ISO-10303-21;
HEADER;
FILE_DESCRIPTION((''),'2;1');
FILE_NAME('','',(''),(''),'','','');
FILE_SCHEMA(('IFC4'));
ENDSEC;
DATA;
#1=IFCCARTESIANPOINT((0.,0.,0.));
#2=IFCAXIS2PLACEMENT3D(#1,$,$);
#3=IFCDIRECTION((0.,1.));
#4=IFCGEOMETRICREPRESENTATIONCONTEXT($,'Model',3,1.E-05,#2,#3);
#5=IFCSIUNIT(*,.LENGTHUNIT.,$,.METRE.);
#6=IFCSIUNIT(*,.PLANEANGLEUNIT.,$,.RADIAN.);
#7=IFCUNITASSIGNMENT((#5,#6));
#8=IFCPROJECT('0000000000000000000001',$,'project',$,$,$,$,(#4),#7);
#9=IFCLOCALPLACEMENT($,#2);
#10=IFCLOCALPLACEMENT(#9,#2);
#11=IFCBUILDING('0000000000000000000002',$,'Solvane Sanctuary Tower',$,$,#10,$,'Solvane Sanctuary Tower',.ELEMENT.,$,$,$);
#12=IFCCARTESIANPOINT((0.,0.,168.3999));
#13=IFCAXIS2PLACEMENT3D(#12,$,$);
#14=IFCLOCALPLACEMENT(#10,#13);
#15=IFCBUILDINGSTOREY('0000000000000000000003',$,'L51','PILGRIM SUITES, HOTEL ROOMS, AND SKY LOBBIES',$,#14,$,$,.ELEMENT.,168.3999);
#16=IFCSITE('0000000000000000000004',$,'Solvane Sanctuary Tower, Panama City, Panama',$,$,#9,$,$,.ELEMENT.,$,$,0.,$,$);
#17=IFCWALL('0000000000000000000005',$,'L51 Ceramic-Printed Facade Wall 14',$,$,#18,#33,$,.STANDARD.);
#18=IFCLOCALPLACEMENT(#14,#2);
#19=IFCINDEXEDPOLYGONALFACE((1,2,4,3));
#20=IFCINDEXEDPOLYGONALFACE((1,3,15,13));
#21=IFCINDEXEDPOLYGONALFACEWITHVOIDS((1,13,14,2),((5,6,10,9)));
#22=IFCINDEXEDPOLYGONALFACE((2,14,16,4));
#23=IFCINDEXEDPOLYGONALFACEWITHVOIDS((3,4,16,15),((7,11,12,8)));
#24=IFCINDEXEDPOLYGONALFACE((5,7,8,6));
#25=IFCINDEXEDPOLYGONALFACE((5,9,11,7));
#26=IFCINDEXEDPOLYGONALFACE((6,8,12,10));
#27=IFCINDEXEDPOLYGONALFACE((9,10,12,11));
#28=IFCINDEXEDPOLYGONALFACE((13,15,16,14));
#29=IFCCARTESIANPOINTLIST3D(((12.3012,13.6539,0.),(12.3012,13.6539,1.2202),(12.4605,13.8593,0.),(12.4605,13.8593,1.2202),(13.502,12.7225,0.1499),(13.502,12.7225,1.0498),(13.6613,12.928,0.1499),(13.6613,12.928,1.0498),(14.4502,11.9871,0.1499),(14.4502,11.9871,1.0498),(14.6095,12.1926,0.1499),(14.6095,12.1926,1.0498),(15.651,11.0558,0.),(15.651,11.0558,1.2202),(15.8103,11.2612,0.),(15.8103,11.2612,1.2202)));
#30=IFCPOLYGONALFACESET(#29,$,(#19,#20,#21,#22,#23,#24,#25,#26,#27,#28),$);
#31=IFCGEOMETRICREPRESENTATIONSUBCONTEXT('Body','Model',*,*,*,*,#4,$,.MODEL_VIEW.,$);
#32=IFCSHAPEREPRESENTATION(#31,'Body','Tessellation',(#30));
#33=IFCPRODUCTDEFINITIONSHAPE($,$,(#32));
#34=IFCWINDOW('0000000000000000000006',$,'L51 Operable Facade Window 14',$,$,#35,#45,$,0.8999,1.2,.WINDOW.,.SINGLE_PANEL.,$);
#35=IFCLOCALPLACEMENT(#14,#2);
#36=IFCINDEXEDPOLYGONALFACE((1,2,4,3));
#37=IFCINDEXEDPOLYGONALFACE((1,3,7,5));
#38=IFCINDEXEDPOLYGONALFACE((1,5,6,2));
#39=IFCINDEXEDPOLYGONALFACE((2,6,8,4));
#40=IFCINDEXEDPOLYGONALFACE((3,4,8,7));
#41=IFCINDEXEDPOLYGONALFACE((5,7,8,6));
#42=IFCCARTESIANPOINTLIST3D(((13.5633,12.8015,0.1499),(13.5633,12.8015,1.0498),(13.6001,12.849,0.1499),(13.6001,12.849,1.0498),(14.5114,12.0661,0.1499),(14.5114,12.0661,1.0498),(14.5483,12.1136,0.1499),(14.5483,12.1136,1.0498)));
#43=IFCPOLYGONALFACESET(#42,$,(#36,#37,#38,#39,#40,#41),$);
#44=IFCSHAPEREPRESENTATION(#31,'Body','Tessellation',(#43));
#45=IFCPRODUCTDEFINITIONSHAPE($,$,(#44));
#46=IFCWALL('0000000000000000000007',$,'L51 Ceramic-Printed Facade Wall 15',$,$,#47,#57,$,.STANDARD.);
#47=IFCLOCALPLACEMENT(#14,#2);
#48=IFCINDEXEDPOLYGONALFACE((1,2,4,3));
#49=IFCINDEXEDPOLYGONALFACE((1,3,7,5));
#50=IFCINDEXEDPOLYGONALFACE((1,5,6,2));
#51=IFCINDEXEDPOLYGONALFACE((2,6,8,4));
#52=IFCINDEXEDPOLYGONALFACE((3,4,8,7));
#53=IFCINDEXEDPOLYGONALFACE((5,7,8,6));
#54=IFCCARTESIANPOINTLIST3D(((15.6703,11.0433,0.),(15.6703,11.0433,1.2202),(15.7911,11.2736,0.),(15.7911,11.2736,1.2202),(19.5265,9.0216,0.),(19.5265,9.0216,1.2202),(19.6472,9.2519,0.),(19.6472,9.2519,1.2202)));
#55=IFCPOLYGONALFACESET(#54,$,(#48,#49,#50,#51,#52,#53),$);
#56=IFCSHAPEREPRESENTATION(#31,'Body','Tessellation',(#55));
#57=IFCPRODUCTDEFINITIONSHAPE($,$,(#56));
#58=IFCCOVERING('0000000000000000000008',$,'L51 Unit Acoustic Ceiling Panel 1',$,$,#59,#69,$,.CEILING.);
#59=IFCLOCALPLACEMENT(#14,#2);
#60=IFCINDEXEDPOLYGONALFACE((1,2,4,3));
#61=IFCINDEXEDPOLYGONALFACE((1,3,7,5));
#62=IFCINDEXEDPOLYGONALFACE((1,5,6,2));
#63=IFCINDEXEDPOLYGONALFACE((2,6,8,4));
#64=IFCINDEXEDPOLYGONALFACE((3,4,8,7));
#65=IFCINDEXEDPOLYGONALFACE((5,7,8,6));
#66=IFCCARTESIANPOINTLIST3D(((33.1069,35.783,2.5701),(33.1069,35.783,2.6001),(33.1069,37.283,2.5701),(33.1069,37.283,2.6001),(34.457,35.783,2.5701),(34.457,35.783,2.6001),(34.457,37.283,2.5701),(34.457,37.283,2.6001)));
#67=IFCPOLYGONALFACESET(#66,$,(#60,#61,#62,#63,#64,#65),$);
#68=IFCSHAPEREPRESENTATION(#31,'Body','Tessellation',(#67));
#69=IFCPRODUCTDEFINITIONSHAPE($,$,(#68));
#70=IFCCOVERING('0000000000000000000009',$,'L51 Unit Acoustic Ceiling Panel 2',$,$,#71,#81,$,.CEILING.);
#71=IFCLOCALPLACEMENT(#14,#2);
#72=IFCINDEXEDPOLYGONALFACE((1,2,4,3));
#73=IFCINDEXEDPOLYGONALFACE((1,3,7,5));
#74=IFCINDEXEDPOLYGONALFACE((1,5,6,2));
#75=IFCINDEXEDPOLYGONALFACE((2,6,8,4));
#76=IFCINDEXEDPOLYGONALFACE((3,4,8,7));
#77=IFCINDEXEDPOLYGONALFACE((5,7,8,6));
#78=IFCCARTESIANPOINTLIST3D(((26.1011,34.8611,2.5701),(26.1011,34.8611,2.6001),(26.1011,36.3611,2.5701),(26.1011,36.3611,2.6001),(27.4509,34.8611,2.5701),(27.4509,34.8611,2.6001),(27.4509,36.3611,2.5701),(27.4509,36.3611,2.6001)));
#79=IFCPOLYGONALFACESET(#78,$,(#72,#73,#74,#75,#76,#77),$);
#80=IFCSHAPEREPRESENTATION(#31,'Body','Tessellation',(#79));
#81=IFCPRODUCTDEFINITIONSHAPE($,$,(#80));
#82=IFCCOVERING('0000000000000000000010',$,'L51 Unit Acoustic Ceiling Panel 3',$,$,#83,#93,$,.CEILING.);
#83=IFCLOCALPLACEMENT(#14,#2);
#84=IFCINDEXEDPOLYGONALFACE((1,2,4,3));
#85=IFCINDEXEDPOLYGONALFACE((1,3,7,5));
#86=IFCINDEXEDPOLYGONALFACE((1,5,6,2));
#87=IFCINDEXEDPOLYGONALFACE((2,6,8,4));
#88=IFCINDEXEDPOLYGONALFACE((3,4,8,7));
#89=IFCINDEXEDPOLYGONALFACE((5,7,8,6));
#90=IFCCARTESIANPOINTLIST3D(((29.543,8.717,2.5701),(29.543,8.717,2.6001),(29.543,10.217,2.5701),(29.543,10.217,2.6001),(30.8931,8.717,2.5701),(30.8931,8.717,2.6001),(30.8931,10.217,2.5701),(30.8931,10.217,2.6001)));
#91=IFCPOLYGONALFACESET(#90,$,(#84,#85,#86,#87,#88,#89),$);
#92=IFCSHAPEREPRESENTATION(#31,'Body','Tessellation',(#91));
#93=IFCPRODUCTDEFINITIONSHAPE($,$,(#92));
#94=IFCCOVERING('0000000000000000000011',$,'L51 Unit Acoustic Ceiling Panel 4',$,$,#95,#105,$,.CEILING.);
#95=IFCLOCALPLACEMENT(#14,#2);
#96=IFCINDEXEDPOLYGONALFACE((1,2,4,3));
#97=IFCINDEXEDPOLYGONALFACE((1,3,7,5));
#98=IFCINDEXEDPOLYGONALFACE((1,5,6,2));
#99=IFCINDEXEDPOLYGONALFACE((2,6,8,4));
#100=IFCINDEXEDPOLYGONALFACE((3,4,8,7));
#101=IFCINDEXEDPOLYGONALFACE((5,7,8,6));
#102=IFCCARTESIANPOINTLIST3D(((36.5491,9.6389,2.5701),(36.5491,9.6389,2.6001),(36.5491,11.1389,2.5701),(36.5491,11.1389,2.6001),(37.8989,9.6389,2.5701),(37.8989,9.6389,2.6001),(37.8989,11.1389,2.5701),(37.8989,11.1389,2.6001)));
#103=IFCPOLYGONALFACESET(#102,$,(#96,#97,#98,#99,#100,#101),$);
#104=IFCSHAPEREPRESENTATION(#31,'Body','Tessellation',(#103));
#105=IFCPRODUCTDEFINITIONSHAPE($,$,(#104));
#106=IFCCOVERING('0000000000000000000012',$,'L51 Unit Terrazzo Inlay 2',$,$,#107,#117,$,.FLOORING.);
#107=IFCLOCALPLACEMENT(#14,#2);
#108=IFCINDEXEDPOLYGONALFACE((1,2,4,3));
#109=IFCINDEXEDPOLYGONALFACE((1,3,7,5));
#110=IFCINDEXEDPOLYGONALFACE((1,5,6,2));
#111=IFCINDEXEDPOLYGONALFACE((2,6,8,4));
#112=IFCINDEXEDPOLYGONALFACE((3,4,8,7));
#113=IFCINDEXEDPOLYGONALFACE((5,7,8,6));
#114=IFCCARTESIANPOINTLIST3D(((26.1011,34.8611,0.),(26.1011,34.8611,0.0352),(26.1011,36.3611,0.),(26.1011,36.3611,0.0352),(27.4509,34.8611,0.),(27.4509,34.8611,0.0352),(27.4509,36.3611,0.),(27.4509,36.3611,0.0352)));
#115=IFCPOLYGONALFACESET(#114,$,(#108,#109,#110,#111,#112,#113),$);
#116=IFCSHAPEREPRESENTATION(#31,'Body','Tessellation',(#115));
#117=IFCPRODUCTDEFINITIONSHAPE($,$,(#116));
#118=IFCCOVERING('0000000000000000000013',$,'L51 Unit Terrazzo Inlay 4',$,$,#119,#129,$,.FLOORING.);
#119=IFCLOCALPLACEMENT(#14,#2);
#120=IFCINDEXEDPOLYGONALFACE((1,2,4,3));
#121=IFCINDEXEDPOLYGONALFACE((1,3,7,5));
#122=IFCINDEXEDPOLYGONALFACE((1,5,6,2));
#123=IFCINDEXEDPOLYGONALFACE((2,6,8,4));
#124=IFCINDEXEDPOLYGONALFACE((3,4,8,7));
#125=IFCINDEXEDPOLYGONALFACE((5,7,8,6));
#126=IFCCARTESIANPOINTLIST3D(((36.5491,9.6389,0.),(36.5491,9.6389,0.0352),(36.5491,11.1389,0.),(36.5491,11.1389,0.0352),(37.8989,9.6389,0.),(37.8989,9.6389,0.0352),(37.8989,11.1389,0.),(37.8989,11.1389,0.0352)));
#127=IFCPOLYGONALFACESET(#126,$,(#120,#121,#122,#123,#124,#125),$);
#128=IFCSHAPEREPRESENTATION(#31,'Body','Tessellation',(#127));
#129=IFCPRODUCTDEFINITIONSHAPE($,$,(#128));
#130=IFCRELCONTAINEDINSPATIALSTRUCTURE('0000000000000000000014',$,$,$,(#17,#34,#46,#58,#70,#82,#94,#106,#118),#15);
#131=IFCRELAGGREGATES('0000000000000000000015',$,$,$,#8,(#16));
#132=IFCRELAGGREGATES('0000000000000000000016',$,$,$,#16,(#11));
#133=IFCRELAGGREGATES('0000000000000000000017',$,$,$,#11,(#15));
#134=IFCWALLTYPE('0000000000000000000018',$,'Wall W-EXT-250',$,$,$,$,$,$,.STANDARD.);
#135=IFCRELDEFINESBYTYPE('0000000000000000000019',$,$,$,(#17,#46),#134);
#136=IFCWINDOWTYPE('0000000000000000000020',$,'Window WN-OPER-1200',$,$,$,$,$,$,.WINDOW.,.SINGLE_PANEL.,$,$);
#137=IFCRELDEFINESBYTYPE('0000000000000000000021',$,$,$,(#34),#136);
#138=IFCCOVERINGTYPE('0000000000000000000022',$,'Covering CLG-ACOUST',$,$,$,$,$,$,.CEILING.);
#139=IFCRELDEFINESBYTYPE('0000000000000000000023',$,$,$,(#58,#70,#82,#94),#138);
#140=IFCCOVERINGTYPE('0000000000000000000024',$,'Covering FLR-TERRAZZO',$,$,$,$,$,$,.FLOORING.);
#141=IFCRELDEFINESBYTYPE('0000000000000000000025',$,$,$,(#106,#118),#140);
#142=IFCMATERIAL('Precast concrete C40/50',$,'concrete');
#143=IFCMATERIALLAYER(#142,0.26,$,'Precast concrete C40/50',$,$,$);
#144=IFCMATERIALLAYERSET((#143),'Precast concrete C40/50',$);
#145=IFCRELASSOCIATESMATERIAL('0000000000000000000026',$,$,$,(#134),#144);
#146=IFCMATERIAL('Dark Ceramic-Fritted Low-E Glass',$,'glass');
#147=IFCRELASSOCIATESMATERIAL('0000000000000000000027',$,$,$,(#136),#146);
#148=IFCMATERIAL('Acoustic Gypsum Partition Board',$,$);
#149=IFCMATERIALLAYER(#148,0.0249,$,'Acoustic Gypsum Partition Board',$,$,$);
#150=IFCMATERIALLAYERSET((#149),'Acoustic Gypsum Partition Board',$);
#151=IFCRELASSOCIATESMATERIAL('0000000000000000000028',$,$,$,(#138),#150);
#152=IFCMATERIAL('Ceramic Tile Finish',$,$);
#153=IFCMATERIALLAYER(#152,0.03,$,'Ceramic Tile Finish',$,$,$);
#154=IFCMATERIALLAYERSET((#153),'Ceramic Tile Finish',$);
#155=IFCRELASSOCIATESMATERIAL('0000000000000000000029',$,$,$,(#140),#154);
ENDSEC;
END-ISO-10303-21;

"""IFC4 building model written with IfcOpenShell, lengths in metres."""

from ifc_helpers import new_model, si_unit, direction, frame, frame_2d, origin, place, context, subcontext, project, spatial, polyline, rectangle, outline, extrude, material, layer, layer_set, type_object, element, fill, save


model = new_model("IFC4")

# Units and contexts
model_context = context("Model", 3, precision=1e-05, world=origin(), true_north=direction((0.0, 1.0)))
body_context = subcontext(model_context, "Body", "Model", "MODEL_VIEW")
ifc_project = project(units=[si_unit("LENGTHUNIT", "METRE"), si_unit("PLANEANGLEUNIT", "RADIAN")], contexts=[model_context])

# Site, building, storey
site_placement = place(None, origin())
site = spatial("IfcSite", under=ifc_project, at=site_placement, Name="Solvane Sanctuary Tower, Panama City, Panama", CompositionType="ELEMENT", RefElevation=0.0)
building_placement = place(site_placement, origin())
building = spatial("IfcBuilding", under=site, at=building_placement, Name="Solvane Sanctuary Tower", LongName="Solvane Sanctuary Tower", CompositionType="ELEMENT")
storey_placement = place(building_placement, frame((0.0, 0.0, 168.3999)))
storey = spatial("IfcBuildingStorey", under=building, at=storey_placement, Name="L51", Description="PILGRIM SUITES, HOTEL ROOMS, AND SKY LOBBIES", CompositionType="ELEMENT", Elevation=168.3999)

# Shared definitions
ifc_material_1 = material(Name="Acoustic Gypsum Partition Board")

# Wall, opening, window
ifc_material_2 = material(Name="Precast concrete C40/50", Category="concrete")
ifc_layer_1 = layer(ifc_material_2, 0.26, Name="Precast concrete C40/50")
ifc_layer_set_1 = layer_set([ifc_layer_1], Name="Precast concrete C40/50")
wall_type_1 = type_object("IfcWallType", Name="Wall W-EXT-250", PredefinedType="STANDARD", material=ifc_layer_set_1)
wall_1_placement = place(storey_placement, frame((12.3809, 13.7566, 0.0), z_axis=(0.0, 0.0, 1.0), x_axis=(0.790186, -0.612868, 0.0)))
wall_1 = element("IfcWall", 1, at=wall_1_placement, inside=storey, type_object=wall_type_1, Name="L51 Ceramic-Printed Facade Wall 14", PredefinedType="STANDARD", context=body_context, shape_type="SweptSolid", body=[
    extrude(rectangle(XDim=4.2393, YDim=0.26, at=frame_2d((2.1196, 0.0))), origin(), (0.0, 0.0, 1.0), 1.2202),
])
opening_1_placement = place(wall_1_placement, frame((1.5195, 0.0, 0.1499)))
opening_1 = element("IfcOpeningElement", 2, at=opening_1_placement, cuts=wall_1, PredefinedType="OPENING", context=body_context, shape_type="SweptSolid", body=[
    extrude(rectangle(XDim=1.2, YDim=0.8999, at=frame_2d((0.6001, 0.45))), frame((0.0, 0.1399, 0.0), z_axis=(0.0, -1.0, 0.0), x_axis=(1.0, 0.0, 0.0)), (0.0, 0.0, 1.0), 0.28),
])
ifc_material_3 = material(Name="Dark Ceramic-Fritted Low-E Glass", Category="glass")
window_type = type_object("IfcWindowType", Name="Window WN-OPER-1200", PartitioningType="SINGLE_PANEL", PredefinedType="WINDOW", material=ifc_material_3)
window_placement = place(opening_1_placement, origin())
window = element("IfcWindow", 3, at=window_placement, inside=storey, type_object=window_type, Name="L51 Operable Facade Window 14", OverallHeight=0.8999, OverallWidth=1.2, PartitioningType="SINGLE_PANEL", PredefinedType="WINDOW", context=body_context, shape_type="SweptSolid", body=[
    extrude(rectangle(XDim=1.2, YDim=0.8999, at=frame_2d((0.6001, 0.45))), frame((0.0, 0.03, 0.0), z_axis=(0.0, -1.0, 0.0), x_axis=(1.0, 0.0, 0.0)), (0.0, 0.0, 1.0), 0.0601),
])
fill(opening_1, window)

# Wall
wall_2_placement = place(storey_placement, frame((15.7307, 11.1584, 0.0), z_axis=(0.0, 0.0, 1.0), x_axis=(0.88566, -0.464334, 0.0)))
element("IfcWall", 4, at=wall_2_placement, inside=storey, type_object=wall_type_1, Name="L51 Ceramic-Printed Facade Wall 15", PredefinedType="STANDARD", context=body_context, shape_type="SweptSolid", body=[
    extrude(rectangle(XDim=4.354, YDim=0.26, at=frame_2d((2.177, 0.0))), origin(), (0.0, 0.0, 1.0), 1.2202),
])

# Coverings
ifc_layer_2 = layer(ifc_material_1, 0.0249, Name="Acoustic Gypsum Partition Board")
ifc_layer_set_2 = layer_set([ifc_layer_2], Name="Acoustic Gypsum Partition Board")
covering_type_1 = type_object("IfcCoveringType", Name="Covering CLG-ACOUST", PredefinedType="CEILING", material=ifc_layer_set_2)
covering_1_placement = place(storey_placement, frame((0.0, 0.0, 2.5701)))
element("IfcCovering", 5, at=covering_1_placement, inside=storey, type_object=covering_type_1, Name="L51 Unit Acoustic Ceiling Panel 1", PredefinedType="CEILING", context=body_context, shape_type="SweptSolid", body=[
    extrude(outline(polyline([(33.1069, 35.783), (34.457, 35.783), (34.457, 37.283), (33.1069, 37.283), (33.1069, 35.783)])), origin(), (0.0, 0.0, 1.0), 0.03),
])
covering_2_placement = place(storey_placement, frame((0.0, 0.0, 2.5701)))
element("IfcCovering", 6, at=covering_2_placement, inside=storey, type_object=covering_type_1, Name="L51 Unit Acoustic Ceiling Panel 2", PredefinedType="CEILING", context=body_context, shape_type="SweptSolid", body=[
    extrude(outline(polyline([(26.1011, 34.8611), (27.4509, 34.8611), (27.4509, 36.3611), (26.1011, 36.3611), (26.1011, 34.8611)])), origin(), (0.0, 0.0, 1.0), 0.03),
])
covering_3_placement = place(storey_placement, frame((0.0, 0.0, 2.5701)))
element("IfcCovering", 7, at=covering_3_placement, inside=storey, type_object=covering_type_1, Name="L51 Unit Acoustic Ceiling Panel 3", PredefinedType="CEILING", context=body_context, shape_type="SweptSolid", body=[
    extrude(outline(polyline([(29.543, 8.717), (30.8931, 8.717), (30.8931, 10.217), (29.543, 10.217), (29.543, 8.717)])), origin(), (0.0, 0.0, 1.0), 0.03),
])
covering_4_placement = place(storey_placement, frame((0.0, 0.0, 2.5701)))
element("IfcCovering", 8, at=covering_4_placement, inside=storey, type_object=covering_type_1, Name="L51 Unit Acoustic Ceiling Panel 4", PredefinedType="CEILING", context=body_context, shape_type="SweptSolid", body=[
    extrude(outline(polyline([(36.5491, 9.6389), (37.8989, 9.6389), (37.8989, 11.1389), (36.5491, 11.1389), (36.5491, 9.6389)])), origin(), (0.0, 0.0, 1.0), 0.03),
])
ifc_material_4 = material(Name="Ceramic Tile Finish")
ifc_layer_3 = layer(ifc_material_4, 0.03, Name="Ceramic Tile Finish")
ifc_layer_set_3 = layer_set([ifc_layer_3], Name="Ceramic Tile Finish")
covering_type_2 = type_object("IfcCoveringType", Name="Covering FLR-TERRAZZO", PredefinedType="FLOORING", material=ifc_layer_set_3)
covering_5_placement = place(storey_placement, origin())
element("IfcCovering", 9, at=covering_5_placement, inside=storey, type_object=covering_type_2, Name="L51 Unit Terrazzo Inlay 2", PredefinedType="FLOORING", context=body_context, shape_type="SweptSolid", body=[
    extrude(outline(polyline([(26.1011, 34.8611), (27.4509, 34.8611), (27.4509, 36.3611), (26.1011, 36.3611), (26.1011, 34.8611)])), origin(), (0.0, 0.0, 1.0), 0.0352),
])
covering_6_placement = place(storey_placement, origin())
element("IfcCovering", 10, at=covering_6_placement, inside=storey, type_object=covering_type_2, Name="L51 Unit Terrazzo Inlay 4", PredefinedType="FLOORING", context=body_context, shape_type="SweptSolid", body=[
    extrude(outline(polyline([(36.5491, 9.6389), (37.8989, 9.6389), (37.8989, 11.1389), (36.5491, 11.1389), (36.5491, 9.6389)])), origin(), (0.0, 0.0, 1.0), 0.0352),
])

save(model, "model.ifc")
